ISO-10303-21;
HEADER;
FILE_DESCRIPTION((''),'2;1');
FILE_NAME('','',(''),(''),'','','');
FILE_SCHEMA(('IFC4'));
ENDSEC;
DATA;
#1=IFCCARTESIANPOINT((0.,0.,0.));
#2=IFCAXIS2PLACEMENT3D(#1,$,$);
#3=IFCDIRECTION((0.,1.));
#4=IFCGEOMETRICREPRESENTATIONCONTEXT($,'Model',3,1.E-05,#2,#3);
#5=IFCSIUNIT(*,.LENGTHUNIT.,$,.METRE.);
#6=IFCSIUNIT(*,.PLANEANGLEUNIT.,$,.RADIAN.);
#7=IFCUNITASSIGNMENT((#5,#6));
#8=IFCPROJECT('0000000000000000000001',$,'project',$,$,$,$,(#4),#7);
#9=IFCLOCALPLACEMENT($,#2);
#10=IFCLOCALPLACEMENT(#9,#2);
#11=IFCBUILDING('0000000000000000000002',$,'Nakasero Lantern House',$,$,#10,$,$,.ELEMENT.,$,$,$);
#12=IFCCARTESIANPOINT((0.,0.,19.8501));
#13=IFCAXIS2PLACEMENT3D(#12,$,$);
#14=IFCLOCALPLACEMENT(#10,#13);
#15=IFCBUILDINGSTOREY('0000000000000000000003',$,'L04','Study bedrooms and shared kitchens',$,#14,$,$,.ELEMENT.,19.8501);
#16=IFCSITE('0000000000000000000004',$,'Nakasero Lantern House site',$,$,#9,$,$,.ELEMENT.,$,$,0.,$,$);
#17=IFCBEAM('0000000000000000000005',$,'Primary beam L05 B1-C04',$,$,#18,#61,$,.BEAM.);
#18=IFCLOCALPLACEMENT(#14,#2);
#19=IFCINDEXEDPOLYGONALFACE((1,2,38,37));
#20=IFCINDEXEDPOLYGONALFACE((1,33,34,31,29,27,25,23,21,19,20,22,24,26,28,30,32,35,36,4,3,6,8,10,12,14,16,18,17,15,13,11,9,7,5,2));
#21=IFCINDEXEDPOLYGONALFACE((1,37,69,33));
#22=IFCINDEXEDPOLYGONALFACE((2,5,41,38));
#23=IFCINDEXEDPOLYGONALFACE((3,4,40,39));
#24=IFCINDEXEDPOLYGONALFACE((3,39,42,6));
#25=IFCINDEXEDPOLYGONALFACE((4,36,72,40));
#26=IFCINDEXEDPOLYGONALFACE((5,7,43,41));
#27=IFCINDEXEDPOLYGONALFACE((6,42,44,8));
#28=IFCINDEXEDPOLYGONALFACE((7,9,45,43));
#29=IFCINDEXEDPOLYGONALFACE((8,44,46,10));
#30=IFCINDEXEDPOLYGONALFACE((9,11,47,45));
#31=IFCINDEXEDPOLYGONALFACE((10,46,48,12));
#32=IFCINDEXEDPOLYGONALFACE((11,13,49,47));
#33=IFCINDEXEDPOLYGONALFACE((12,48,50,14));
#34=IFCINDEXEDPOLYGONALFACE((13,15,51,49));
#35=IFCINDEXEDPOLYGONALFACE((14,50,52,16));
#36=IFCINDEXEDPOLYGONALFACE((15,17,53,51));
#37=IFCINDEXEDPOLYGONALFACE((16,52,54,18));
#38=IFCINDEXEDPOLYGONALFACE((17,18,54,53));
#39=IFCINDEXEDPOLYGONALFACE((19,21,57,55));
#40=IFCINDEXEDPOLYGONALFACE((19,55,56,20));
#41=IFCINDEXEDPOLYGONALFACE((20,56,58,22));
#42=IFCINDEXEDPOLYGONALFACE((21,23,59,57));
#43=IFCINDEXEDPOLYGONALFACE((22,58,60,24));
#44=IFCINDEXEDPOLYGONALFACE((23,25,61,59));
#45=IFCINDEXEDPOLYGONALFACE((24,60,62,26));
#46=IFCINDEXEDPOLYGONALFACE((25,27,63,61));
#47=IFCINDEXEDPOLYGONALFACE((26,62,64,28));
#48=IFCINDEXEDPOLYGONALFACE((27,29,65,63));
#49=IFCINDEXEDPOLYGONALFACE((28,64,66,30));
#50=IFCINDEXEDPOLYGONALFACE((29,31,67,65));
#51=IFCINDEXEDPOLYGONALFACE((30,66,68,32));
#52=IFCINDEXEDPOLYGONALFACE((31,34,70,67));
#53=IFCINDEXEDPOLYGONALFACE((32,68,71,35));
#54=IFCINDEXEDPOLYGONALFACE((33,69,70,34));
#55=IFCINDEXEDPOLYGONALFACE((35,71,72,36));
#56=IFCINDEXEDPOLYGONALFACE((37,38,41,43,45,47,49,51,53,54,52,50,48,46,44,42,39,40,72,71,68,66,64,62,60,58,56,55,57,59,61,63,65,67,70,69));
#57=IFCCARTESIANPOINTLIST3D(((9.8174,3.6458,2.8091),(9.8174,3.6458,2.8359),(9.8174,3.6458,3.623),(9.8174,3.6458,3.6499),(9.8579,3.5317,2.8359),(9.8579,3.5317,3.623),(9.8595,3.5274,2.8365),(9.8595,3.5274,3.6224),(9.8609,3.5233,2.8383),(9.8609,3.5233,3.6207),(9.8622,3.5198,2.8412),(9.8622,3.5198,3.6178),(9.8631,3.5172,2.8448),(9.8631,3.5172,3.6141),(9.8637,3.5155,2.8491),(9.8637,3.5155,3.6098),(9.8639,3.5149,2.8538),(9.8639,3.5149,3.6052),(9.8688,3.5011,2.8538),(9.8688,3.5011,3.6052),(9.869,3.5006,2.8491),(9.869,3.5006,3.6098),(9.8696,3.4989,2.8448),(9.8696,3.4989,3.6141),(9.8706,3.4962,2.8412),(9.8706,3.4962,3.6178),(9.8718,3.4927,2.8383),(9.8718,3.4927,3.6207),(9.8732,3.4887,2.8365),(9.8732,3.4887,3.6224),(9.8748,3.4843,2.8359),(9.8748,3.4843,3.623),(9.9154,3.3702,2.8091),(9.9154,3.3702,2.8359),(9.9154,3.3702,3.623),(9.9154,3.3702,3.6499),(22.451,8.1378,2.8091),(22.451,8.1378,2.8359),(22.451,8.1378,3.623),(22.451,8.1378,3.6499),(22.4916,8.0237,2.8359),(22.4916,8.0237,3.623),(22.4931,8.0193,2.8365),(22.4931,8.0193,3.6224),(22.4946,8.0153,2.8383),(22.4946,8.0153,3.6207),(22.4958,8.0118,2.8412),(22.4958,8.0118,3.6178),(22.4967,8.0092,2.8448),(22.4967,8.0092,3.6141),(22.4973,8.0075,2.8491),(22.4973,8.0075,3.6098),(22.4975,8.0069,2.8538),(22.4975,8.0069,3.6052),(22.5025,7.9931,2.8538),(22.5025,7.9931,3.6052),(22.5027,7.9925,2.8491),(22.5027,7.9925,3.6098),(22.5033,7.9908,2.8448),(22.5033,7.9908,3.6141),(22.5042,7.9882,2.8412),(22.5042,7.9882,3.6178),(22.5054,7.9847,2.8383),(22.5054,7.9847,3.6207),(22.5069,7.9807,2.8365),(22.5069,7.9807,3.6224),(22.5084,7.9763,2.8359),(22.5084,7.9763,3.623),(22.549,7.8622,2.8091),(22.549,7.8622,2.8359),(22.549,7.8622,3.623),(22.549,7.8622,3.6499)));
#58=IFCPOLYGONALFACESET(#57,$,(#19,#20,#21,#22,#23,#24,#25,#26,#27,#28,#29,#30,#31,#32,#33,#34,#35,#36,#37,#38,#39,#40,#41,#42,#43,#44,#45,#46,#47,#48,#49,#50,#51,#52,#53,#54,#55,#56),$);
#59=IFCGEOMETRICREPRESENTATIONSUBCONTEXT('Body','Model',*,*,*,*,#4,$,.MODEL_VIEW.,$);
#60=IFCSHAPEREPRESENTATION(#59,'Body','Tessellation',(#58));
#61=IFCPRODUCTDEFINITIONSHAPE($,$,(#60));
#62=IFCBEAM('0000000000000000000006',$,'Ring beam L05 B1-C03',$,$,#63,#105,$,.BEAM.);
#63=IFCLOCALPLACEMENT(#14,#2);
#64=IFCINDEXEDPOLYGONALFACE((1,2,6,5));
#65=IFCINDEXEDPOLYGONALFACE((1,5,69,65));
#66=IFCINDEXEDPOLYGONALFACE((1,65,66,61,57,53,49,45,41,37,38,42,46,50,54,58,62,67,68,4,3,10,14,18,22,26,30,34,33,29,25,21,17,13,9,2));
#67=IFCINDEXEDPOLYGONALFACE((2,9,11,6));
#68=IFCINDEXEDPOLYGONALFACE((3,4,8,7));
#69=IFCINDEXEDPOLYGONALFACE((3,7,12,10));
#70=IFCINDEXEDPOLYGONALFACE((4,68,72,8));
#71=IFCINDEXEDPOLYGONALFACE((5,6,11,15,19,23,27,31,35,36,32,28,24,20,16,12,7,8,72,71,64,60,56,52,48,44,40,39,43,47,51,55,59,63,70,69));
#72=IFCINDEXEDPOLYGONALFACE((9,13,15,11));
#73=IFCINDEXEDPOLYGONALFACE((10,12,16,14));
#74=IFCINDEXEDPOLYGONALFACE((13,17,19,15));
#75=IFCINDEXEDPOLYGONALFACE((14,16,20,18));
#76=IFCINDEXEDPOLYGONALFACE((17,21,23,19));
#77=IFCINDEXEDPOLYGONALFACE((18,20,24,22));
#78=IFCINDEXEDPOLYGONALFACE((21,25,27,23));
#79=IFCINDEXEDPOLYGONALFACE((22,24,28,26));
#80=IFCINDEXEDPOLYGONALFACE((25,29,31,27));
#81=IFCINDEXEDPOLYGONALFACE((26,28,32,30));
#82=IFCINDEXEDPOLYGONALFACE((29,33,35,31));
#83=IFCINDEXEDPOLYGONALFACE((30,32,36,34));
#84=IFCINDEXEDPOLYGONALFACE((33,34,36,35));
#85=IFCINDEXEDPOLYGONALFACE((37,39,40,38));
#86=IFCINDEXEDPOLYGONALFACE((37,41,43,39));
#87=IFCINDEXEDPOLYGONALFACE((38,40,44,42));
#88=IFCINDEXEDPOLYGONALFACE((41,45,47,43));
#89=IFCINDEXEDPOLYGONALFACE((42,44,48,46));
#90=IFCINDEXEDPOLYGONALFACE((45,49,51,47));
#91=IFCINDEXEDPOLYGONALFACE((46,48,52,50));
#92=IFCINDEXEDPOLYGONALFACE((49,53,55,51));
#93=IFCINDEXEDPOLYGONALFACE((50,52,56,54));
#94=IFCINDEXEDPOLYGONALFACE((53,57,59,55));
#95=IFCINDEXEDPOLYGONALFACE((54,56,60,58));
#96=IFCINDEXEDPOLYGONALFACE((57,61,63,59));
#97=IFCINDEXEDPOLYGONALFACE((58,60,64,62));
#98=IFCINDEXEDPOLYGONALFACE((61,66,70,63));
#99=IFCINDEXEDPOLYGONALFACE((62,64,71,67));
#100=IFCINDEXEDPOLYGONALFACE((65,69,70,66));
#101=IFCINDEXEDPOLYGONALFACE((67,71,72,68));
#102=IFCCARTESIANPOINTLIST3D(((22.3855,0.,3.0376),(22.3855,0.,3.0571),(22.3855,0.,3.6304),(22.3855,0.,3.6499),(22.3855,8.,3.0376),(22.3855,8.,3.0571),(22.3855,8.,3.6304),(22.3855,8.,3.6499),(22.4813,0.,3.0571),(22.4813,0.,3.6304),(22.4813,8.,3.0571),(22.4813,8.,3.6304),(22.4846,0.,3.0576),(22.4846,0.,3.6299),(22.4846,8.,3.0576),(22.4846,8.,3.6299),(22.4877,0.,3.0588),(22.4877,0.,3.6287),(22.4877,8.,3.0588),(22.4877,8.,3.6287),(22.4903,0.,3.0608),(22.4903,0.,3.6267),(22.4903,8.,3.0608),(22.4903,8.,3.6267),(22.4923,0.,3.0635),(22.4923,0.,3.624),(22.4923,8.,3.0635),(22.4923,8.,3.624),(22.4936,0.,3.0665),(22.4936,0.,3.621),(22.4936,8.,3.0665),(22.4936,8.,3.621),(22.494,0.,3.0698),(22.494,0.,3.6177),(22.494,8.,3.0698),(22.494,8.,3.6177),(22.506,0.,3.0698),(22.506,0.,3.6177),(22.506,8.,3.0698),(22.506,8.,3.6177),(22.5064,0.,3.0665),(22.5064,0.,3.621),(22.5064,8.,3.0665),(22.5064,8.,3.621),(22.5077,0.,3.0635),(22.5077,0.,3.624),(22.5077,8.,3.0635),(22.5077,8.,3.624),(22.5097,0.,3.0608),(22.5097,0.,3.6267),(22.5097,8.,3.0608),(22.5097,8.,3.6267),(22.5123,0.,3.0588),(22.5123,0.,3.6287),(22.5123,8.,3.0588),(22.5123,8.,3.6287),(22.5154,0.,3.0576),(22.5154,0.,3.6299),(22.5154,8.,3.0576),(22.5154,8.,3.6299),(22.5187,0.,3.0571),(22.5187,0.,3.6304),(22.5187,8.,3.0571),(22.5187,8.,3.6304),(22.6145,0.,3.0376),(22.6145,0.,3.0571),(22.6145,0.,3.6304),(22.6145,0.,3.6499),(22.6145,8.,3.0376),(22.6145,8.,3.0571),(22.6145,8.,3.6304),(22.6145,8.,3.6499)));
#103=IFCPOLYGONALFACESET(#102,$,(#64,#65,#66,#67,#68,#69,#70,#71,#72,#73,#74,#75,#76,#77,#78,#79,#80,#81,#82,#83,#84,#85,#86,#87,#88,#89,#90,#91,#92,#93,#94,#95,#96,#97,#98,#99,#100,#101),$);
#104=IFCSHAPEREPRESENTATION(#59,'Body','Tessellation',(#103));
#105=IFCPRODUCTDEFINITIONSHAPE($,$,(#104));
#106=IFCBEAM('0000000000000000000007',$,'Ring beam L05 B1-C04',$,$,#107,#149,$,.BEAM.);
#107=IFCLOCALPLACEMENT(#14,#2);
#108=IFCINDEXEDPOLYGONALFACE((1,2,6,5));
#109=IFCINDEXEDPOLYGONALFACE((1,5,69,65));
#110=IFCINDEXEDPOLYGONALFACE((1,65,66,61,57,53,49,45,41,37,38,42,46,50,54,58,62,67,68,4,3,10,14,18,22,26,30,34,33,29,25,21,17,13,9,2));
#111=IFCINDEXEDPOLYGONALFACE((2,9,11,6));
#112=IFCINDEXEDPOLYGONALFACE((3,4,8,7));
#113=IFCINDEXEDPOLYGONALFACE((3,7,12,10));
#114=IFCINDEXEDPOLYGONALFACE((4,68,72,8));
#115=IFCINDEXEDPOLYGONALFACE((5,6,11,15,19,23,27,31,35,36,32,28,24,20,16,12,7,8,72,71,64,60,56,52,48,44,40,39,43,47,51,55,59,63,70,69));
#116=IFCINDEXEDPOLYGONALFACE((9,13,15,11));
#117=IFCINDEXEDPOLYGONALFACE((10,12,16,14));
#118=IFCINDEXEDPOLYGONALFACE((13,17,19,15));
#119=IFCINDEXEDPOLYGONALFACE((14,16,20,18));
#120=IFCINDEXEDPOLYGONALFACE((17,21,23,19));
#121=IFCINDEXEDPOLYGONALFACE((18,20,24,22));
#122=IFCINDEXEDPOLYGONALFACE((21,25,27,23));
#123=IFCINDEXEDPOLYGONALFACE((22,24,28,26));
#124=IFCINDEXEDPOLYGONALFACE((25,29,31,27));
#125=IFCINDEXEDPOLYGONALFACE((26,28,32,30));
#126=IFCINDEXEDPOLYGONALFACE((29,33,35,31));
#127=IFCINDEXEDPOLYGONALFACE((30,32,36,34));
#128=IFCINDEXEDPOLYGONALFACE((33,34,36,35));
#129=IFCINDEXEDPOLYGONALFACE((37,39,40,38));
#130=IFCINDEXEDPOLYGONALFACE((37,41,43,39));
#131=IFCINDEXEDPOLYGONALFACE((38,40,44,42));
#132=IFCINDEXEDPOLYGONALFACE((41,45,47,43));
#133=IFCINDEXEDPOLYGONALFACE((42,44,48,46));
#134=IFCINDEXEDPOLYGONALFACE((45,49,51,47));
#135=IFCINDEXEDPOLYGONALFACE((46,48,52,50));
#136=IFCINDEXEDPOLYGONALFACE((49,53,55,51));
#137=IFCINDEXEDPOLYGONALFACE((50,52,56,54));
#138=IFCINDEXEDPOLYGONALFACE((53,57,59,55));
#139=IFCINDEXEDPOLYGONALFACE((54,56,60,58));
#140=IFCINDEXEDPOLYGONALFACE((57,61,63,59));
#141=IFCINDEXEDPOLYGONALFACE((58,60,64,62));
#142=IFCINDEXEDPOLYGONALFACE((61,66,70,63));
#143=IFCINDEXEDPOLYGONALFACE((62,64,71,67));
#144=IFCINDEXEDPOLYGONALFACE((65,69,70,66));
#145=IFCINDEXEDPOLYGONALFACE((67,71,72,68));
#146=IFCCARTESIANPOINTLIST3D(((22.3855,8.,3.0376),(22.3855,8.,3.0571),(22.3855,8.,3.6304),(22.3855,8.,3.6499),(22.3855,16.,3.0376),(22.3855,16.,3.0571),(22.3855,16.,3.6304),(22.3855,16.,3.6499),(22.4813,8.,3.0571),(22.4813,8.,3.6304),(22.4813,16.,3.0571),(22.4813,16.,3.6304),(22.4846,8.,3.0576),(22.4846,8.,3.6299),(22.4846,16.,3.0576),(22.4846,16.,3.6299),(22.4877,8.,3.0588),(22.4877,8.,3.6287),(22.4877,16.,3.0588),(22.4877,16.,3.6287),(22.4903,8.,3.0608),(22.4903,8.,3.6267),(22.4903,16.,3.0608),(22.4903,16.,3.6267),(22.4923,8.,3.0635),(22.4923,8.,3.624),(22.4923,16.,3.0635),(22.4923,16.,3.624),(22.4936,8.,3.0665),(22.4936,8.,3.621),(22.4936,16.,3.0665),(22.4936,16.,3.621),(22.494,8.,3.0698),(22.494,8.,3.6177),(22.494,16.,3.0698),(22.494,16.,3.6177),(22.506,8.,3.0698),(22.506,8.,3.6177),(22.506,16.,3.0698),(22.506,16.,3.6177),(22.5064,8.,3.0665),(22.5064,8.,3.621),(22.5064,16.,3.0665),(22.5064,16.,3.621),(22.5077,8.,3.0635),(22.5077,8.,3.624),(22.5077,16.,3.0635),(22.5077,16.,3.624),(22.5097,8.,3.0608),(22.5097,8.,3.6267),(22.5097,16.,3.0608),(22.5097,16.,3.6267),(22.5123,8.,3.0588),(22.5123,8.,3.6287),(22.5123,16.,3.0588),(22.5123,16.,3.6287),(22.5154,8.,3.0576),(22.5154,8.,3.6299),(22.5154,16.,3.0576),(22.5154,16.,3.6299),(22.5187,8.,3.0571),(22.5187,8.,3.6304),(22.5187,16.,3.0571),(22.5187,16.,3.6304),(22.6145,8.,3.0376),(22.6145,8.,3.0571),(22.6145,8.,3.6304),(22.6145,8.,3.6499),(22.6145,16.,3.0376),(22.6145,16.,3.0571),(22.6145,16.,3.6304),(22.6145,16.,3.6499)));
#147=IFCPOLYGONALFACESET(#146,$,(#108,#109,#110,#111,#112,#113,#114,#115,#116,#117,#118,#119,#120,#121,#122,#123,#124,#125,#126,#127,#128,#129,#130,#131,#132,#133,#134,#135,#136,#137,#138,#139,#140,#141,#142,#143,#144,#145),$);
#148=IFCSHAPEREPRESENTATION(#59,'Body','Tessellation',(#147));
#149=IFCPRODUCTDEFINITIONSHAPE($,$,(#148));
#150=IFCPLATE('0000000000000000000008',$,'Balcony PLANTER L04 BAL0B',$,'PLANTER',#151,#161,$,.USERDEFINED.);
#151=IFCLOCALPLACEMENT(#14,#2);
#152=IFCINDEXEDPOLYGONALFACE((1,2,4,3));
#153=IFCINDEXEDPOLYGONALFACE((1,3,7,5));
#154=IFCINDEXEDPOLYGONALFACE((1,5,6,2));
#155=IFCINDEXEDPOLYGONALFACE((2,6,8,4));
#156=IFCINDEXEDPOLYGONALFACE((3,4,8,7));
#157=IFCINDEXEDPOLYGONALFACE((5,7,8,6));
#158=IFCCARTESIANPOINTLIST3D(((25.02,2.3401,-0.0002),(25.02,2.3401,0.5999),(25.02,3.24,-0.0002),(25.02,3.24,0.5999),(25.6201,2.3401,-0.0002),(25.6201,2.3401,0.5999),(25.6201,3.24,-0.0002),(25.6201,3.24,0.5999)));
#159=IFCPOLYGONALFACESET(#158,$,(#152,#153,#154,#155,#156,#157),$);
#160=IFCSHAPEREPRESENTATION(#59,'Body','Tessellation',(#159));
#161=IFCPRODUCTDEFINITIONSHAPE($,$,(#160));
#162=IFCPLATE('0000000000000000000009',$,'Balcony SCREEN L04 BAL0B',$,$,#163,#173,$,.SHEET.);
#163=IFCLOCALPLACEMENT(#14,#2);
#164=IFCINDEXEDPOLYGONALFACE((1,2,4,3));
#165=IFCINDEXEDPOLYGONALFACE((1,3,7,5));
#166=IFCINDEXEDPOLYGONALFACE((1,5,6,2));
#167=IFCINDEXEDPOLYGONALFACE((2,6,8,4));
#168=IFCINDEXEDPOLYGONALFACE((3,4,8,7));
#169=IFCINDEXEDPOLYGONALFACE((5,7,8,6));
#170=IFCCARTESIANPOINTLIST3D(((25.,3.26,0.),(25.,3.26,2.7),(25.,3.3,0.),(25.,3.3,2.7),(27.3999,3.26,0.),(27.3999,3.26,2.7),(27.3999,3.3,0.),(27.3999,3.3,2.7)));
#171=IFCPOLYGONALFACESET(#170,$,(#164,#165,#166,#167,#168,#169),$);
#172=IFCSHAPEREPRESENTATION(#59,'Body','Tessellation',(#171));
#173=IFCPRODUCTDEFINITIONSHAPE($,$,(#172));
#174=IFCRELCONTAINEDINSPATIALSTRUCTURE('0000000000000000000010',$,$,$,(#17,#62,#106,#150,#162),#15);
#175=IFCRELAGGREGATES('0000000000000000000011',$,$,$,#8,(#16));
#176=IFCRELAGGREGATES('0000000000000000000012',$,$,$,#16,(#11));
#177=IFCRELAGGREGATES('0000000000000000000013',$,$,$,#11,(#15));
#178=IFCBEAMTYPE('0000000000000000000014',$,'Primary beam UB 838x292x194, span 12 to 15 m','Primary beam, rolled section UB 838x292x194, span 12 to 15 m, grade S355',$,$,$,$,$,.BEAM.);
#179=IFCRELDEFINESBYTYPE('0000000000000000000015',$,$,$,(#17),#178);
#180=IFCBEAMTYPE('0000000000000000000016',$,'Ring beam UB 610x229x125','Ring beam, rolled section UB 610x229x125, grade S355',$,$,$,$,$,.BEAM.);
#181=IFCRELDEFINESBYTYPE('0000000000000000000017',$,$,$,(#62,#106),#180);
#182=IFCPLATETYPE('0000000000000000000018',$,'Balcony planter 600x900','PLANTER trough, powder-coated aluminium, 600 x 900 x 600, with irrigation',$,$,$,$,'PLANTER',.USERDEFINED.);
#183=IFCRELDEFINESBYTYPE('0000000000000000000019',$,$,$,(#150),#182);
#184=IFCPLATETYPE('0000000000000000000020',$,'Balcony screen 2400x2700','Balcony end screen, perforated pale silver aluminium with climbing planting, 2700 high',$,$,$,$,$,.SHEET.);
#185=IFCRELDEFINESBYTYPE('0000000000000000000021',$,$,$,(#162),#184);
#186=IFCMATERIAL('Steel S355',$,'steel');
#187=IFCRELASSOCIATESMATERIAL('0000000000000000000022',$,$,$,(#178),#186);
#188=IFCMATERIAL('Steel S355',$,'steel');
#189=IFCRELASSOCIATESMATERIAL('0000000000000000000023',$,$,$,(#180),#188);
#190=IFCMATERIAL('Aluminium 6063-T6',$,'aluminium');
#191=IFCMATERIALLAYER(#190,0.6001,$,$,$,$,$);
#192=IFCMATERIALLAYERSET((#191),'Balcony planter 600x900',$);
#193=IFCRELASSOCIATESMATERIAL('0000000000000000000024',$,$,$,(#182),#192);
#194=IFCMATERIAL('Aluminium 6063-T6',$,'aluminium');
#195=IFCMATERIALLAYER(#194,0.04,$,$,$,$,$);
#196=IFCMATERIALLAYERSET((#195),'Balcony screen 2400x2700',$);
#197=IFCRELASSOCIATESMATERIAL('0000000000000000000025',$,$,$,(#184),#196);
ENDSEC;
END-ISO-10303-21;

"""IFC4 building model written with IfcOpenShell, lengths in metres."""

from ifc_helpers import new_model, si_unit, direction, frame, origin, origin_2d, place, context, subcontext, project, spatial, rectangle, i_section, extrude, material, layer, layer_set, material_profile, profile_set, type_object, element, save


model = new_model("IFC4")

# Units and contexts
model_context = context("Model", 3, precision=1e-05, world=origin(), true_north=direction((0.0, 1.0)))
body_context = subcontext(model_context, "Body", "Model", "MODEL_VIEW")
ifc_project = project(units=[si_unit("LENGTHUNIT", "METRE"), si_unit("PLANEANGLEUNIT", "RADIAN")], contexts=[model_context])

# Site, building, storey
site_placement = place(None, origin())
site = spatial("IfcSite", under=ifc_project, at=site_placement, Name="Nakasero Lantern House site", CompositionType="ELEMENT", RefElevation=0.0)
building_placement = place(site_placement, origin())
building = spatial("IfcBuilding", under=site, at=building_placement, Name="Nakasero Lantern House", CompositionType="ELEMENT")
storey_placement = place(building_placement, frame((0.0, 0.0, 19.8501)))
storey = spatial("IfcBuildingStorey", under=building, at=storey_placement, Name="L04", Description="Study bedrooms and shared kitchens", CompositionType="ELEMENT", Elevation=19.8501)

# Beams
ifc_material_1 = material(Name="Steel S355", Category="steel")
ifc_material_profile_1 = material_profile(ifc_material_1, i_section(OverallWidth=0.2925, OverallDepth=0.8408, WebThickness=0.0146, FlangeThickness=0.0269, FilletRadius=0.0178, at=origin_2d()), Name="UB 838x292x194")
ifc_profile_set_1 = profile_set([ifc_material_profile_1], Name="Steel S355")
beam_type_1 = type_object("IfcBeamType", Name="Primary beam UB 838x292x194, span 12 to 15 m", Description="Primary beam, rolled section UB 838x292x194, span 12 to 15 m, grade S355", PredefinedType="BEAM", material=ifc_profile_set_1)
beam_1_placement = place(storey_placement, frame((22.5, 8.0, 3.2295), z_axis=(-0.942214, -0.335011, 0.0), x_axis=(0.335011, -0.942214, 0.0)))
element("IfcBeam", 1, at=beam_1_placement, inside=storey, type_object=beam_type_1, Name="Primary beam L05 B1-C04", PredefinedType="BEAM", context=body_context, shape_type="SweptSolid", body=[
    extrude(i_section(OverallWidth=0.2925, OverallDepth=0.8408, WebThickness=0.0146, FlangeThickness=0.0269, FilletRadius=0.0178, at=origin_2d()), origin(), (0.0, 0.0, 1.0), 13.4084),
])
ifc_material_2 = material(Name="Steel S355", Category="steel")
ifc_material_profile_2 = material_profile(ifc_material_2, i_section(OverallWidth=0.229, OverallDepth=0.6123, WebThickness=0.012, FlangeThickness=0.0195, FilletRadius=0.0127, at=origin_2d()), Name="UB 610x229x125")
ifc_profile_set_2 = profile_set([ifc_material_profile_2], Name="Steel S355")
beam_type_2 = type_object("IfcBeamType", Name="Ring beam UB 610x229x125", Description="Ring beam, rolled section UB 610x229x125, grade S355", PredefinedType="BEAM", material=ifc_profile_set_2)
for number, where, z_axis, x_axis, name in (
    (2, (22.5, 0.0, 3.3438), (0.0, 1.0, 0.0), (-1.0, 0.0, 0.0), "Ring beam L05 B1-C03"),
    (3, (22.5, 8.0, 3.3438), (0.0, 1.0, 0.0), (-1.0, 0.0, 0.0), "Ring beam L05 B1-C04"),
):
    element("IfcBeam", number, at=place(storey_placement, frame(where, z_axis=z_axis, x_axis=x_axis)), inside=storey, type_object=beam_type_2, Name=name, PredefinedType="BEAM", context=body_context, shape_type="SweptSolid", body=[
        extrude(i_section(OverallWidth=0.229, OverallDepth=0.6123, WebThickness=0.012, FlangeThickness=0.0195, FilletRadius=0.0127, at=origin_2d()), origin(), (0.0, 0.0, 1.0), 8.0),
    ])

# Plates
ifc_material_3 = material(Name="Aluminium 6063-T6", Category="aluminium")
ifc_layer_1 = layer(ifc_material_3, 0.6001)
ifc_layer_set_1 = layer_set([ifc_layer_1], Name="Balcony planter 600x900")
plate_type_1 = type_object("IfcPlateType", Name="Balcony planter 600x900", Description="PLANTER trough, powder-coated aluminium, 600 x 900 x 600, with irrigation", ElementType="PLANTER", PredefinedType="USERDEFINED", material=ifc_layer_set_1)
plate_1_placement = place(storey_placement, frame((25.3201, 2.79, -0.0002), z_axis=(0.0, 0.0, 1.0), x_axis=(1.0, 0.0, 0.0)))
element("IfcPlate", 4, at=plate_1_placement, inside=storey, type_object=plate_type_1, Name="Balcony PLANTER L04 BAL0B", ObjectType="PLANTER", PredefinedType="USERDEFINED", context=body_context, shape_type="SweptSolid", body=[
    extrude(rectangle(XDim=0.6001, YDim=0.8999, at=origin_2d()), origin(), (0.0, 0.0, 1.0), 0.6001),
])
ifc_material_4 = material(Name="Aluminium 6063-T6", Category="aluminium")
ifc_layer_2 = layer(ifc_material_4, 0.04)
ifc_layer_set_2 = layer_set([ifc_layer_2], Name="Balcony screen 2400x2700")
plate_type_2 = type_object("IfcPlateType", Name="Balcony screen 2400x2700", Description="Balcony end screen, perforated pale silver aluminium with climbing planting, 2700 high", PredefinedType="SHEET", material=ifc_layer_set_2)
plate_2_placement = place(storey_placement, frame((26.2, 3.28, 0.0), z_axis=(0.0, 0.0, 1.0), x_axis=(1.0, 0.0, 0.0)))
element("IfcPlate", 5, at=plate_2_placement, inside=storey, type_object=plate_type_2, Name="Balcony SCREEN L04 BAL0B", PredefinedType="SHEET", context=body_context, shape_type="SweptSolid", body=[
    extrude(rectangle(XDim=2.3999, YDim=0.04, at=origin_2d()), origin(), (0.0, 0.0, 1.0), 2.7),
])

save(model, "model.ifc")
